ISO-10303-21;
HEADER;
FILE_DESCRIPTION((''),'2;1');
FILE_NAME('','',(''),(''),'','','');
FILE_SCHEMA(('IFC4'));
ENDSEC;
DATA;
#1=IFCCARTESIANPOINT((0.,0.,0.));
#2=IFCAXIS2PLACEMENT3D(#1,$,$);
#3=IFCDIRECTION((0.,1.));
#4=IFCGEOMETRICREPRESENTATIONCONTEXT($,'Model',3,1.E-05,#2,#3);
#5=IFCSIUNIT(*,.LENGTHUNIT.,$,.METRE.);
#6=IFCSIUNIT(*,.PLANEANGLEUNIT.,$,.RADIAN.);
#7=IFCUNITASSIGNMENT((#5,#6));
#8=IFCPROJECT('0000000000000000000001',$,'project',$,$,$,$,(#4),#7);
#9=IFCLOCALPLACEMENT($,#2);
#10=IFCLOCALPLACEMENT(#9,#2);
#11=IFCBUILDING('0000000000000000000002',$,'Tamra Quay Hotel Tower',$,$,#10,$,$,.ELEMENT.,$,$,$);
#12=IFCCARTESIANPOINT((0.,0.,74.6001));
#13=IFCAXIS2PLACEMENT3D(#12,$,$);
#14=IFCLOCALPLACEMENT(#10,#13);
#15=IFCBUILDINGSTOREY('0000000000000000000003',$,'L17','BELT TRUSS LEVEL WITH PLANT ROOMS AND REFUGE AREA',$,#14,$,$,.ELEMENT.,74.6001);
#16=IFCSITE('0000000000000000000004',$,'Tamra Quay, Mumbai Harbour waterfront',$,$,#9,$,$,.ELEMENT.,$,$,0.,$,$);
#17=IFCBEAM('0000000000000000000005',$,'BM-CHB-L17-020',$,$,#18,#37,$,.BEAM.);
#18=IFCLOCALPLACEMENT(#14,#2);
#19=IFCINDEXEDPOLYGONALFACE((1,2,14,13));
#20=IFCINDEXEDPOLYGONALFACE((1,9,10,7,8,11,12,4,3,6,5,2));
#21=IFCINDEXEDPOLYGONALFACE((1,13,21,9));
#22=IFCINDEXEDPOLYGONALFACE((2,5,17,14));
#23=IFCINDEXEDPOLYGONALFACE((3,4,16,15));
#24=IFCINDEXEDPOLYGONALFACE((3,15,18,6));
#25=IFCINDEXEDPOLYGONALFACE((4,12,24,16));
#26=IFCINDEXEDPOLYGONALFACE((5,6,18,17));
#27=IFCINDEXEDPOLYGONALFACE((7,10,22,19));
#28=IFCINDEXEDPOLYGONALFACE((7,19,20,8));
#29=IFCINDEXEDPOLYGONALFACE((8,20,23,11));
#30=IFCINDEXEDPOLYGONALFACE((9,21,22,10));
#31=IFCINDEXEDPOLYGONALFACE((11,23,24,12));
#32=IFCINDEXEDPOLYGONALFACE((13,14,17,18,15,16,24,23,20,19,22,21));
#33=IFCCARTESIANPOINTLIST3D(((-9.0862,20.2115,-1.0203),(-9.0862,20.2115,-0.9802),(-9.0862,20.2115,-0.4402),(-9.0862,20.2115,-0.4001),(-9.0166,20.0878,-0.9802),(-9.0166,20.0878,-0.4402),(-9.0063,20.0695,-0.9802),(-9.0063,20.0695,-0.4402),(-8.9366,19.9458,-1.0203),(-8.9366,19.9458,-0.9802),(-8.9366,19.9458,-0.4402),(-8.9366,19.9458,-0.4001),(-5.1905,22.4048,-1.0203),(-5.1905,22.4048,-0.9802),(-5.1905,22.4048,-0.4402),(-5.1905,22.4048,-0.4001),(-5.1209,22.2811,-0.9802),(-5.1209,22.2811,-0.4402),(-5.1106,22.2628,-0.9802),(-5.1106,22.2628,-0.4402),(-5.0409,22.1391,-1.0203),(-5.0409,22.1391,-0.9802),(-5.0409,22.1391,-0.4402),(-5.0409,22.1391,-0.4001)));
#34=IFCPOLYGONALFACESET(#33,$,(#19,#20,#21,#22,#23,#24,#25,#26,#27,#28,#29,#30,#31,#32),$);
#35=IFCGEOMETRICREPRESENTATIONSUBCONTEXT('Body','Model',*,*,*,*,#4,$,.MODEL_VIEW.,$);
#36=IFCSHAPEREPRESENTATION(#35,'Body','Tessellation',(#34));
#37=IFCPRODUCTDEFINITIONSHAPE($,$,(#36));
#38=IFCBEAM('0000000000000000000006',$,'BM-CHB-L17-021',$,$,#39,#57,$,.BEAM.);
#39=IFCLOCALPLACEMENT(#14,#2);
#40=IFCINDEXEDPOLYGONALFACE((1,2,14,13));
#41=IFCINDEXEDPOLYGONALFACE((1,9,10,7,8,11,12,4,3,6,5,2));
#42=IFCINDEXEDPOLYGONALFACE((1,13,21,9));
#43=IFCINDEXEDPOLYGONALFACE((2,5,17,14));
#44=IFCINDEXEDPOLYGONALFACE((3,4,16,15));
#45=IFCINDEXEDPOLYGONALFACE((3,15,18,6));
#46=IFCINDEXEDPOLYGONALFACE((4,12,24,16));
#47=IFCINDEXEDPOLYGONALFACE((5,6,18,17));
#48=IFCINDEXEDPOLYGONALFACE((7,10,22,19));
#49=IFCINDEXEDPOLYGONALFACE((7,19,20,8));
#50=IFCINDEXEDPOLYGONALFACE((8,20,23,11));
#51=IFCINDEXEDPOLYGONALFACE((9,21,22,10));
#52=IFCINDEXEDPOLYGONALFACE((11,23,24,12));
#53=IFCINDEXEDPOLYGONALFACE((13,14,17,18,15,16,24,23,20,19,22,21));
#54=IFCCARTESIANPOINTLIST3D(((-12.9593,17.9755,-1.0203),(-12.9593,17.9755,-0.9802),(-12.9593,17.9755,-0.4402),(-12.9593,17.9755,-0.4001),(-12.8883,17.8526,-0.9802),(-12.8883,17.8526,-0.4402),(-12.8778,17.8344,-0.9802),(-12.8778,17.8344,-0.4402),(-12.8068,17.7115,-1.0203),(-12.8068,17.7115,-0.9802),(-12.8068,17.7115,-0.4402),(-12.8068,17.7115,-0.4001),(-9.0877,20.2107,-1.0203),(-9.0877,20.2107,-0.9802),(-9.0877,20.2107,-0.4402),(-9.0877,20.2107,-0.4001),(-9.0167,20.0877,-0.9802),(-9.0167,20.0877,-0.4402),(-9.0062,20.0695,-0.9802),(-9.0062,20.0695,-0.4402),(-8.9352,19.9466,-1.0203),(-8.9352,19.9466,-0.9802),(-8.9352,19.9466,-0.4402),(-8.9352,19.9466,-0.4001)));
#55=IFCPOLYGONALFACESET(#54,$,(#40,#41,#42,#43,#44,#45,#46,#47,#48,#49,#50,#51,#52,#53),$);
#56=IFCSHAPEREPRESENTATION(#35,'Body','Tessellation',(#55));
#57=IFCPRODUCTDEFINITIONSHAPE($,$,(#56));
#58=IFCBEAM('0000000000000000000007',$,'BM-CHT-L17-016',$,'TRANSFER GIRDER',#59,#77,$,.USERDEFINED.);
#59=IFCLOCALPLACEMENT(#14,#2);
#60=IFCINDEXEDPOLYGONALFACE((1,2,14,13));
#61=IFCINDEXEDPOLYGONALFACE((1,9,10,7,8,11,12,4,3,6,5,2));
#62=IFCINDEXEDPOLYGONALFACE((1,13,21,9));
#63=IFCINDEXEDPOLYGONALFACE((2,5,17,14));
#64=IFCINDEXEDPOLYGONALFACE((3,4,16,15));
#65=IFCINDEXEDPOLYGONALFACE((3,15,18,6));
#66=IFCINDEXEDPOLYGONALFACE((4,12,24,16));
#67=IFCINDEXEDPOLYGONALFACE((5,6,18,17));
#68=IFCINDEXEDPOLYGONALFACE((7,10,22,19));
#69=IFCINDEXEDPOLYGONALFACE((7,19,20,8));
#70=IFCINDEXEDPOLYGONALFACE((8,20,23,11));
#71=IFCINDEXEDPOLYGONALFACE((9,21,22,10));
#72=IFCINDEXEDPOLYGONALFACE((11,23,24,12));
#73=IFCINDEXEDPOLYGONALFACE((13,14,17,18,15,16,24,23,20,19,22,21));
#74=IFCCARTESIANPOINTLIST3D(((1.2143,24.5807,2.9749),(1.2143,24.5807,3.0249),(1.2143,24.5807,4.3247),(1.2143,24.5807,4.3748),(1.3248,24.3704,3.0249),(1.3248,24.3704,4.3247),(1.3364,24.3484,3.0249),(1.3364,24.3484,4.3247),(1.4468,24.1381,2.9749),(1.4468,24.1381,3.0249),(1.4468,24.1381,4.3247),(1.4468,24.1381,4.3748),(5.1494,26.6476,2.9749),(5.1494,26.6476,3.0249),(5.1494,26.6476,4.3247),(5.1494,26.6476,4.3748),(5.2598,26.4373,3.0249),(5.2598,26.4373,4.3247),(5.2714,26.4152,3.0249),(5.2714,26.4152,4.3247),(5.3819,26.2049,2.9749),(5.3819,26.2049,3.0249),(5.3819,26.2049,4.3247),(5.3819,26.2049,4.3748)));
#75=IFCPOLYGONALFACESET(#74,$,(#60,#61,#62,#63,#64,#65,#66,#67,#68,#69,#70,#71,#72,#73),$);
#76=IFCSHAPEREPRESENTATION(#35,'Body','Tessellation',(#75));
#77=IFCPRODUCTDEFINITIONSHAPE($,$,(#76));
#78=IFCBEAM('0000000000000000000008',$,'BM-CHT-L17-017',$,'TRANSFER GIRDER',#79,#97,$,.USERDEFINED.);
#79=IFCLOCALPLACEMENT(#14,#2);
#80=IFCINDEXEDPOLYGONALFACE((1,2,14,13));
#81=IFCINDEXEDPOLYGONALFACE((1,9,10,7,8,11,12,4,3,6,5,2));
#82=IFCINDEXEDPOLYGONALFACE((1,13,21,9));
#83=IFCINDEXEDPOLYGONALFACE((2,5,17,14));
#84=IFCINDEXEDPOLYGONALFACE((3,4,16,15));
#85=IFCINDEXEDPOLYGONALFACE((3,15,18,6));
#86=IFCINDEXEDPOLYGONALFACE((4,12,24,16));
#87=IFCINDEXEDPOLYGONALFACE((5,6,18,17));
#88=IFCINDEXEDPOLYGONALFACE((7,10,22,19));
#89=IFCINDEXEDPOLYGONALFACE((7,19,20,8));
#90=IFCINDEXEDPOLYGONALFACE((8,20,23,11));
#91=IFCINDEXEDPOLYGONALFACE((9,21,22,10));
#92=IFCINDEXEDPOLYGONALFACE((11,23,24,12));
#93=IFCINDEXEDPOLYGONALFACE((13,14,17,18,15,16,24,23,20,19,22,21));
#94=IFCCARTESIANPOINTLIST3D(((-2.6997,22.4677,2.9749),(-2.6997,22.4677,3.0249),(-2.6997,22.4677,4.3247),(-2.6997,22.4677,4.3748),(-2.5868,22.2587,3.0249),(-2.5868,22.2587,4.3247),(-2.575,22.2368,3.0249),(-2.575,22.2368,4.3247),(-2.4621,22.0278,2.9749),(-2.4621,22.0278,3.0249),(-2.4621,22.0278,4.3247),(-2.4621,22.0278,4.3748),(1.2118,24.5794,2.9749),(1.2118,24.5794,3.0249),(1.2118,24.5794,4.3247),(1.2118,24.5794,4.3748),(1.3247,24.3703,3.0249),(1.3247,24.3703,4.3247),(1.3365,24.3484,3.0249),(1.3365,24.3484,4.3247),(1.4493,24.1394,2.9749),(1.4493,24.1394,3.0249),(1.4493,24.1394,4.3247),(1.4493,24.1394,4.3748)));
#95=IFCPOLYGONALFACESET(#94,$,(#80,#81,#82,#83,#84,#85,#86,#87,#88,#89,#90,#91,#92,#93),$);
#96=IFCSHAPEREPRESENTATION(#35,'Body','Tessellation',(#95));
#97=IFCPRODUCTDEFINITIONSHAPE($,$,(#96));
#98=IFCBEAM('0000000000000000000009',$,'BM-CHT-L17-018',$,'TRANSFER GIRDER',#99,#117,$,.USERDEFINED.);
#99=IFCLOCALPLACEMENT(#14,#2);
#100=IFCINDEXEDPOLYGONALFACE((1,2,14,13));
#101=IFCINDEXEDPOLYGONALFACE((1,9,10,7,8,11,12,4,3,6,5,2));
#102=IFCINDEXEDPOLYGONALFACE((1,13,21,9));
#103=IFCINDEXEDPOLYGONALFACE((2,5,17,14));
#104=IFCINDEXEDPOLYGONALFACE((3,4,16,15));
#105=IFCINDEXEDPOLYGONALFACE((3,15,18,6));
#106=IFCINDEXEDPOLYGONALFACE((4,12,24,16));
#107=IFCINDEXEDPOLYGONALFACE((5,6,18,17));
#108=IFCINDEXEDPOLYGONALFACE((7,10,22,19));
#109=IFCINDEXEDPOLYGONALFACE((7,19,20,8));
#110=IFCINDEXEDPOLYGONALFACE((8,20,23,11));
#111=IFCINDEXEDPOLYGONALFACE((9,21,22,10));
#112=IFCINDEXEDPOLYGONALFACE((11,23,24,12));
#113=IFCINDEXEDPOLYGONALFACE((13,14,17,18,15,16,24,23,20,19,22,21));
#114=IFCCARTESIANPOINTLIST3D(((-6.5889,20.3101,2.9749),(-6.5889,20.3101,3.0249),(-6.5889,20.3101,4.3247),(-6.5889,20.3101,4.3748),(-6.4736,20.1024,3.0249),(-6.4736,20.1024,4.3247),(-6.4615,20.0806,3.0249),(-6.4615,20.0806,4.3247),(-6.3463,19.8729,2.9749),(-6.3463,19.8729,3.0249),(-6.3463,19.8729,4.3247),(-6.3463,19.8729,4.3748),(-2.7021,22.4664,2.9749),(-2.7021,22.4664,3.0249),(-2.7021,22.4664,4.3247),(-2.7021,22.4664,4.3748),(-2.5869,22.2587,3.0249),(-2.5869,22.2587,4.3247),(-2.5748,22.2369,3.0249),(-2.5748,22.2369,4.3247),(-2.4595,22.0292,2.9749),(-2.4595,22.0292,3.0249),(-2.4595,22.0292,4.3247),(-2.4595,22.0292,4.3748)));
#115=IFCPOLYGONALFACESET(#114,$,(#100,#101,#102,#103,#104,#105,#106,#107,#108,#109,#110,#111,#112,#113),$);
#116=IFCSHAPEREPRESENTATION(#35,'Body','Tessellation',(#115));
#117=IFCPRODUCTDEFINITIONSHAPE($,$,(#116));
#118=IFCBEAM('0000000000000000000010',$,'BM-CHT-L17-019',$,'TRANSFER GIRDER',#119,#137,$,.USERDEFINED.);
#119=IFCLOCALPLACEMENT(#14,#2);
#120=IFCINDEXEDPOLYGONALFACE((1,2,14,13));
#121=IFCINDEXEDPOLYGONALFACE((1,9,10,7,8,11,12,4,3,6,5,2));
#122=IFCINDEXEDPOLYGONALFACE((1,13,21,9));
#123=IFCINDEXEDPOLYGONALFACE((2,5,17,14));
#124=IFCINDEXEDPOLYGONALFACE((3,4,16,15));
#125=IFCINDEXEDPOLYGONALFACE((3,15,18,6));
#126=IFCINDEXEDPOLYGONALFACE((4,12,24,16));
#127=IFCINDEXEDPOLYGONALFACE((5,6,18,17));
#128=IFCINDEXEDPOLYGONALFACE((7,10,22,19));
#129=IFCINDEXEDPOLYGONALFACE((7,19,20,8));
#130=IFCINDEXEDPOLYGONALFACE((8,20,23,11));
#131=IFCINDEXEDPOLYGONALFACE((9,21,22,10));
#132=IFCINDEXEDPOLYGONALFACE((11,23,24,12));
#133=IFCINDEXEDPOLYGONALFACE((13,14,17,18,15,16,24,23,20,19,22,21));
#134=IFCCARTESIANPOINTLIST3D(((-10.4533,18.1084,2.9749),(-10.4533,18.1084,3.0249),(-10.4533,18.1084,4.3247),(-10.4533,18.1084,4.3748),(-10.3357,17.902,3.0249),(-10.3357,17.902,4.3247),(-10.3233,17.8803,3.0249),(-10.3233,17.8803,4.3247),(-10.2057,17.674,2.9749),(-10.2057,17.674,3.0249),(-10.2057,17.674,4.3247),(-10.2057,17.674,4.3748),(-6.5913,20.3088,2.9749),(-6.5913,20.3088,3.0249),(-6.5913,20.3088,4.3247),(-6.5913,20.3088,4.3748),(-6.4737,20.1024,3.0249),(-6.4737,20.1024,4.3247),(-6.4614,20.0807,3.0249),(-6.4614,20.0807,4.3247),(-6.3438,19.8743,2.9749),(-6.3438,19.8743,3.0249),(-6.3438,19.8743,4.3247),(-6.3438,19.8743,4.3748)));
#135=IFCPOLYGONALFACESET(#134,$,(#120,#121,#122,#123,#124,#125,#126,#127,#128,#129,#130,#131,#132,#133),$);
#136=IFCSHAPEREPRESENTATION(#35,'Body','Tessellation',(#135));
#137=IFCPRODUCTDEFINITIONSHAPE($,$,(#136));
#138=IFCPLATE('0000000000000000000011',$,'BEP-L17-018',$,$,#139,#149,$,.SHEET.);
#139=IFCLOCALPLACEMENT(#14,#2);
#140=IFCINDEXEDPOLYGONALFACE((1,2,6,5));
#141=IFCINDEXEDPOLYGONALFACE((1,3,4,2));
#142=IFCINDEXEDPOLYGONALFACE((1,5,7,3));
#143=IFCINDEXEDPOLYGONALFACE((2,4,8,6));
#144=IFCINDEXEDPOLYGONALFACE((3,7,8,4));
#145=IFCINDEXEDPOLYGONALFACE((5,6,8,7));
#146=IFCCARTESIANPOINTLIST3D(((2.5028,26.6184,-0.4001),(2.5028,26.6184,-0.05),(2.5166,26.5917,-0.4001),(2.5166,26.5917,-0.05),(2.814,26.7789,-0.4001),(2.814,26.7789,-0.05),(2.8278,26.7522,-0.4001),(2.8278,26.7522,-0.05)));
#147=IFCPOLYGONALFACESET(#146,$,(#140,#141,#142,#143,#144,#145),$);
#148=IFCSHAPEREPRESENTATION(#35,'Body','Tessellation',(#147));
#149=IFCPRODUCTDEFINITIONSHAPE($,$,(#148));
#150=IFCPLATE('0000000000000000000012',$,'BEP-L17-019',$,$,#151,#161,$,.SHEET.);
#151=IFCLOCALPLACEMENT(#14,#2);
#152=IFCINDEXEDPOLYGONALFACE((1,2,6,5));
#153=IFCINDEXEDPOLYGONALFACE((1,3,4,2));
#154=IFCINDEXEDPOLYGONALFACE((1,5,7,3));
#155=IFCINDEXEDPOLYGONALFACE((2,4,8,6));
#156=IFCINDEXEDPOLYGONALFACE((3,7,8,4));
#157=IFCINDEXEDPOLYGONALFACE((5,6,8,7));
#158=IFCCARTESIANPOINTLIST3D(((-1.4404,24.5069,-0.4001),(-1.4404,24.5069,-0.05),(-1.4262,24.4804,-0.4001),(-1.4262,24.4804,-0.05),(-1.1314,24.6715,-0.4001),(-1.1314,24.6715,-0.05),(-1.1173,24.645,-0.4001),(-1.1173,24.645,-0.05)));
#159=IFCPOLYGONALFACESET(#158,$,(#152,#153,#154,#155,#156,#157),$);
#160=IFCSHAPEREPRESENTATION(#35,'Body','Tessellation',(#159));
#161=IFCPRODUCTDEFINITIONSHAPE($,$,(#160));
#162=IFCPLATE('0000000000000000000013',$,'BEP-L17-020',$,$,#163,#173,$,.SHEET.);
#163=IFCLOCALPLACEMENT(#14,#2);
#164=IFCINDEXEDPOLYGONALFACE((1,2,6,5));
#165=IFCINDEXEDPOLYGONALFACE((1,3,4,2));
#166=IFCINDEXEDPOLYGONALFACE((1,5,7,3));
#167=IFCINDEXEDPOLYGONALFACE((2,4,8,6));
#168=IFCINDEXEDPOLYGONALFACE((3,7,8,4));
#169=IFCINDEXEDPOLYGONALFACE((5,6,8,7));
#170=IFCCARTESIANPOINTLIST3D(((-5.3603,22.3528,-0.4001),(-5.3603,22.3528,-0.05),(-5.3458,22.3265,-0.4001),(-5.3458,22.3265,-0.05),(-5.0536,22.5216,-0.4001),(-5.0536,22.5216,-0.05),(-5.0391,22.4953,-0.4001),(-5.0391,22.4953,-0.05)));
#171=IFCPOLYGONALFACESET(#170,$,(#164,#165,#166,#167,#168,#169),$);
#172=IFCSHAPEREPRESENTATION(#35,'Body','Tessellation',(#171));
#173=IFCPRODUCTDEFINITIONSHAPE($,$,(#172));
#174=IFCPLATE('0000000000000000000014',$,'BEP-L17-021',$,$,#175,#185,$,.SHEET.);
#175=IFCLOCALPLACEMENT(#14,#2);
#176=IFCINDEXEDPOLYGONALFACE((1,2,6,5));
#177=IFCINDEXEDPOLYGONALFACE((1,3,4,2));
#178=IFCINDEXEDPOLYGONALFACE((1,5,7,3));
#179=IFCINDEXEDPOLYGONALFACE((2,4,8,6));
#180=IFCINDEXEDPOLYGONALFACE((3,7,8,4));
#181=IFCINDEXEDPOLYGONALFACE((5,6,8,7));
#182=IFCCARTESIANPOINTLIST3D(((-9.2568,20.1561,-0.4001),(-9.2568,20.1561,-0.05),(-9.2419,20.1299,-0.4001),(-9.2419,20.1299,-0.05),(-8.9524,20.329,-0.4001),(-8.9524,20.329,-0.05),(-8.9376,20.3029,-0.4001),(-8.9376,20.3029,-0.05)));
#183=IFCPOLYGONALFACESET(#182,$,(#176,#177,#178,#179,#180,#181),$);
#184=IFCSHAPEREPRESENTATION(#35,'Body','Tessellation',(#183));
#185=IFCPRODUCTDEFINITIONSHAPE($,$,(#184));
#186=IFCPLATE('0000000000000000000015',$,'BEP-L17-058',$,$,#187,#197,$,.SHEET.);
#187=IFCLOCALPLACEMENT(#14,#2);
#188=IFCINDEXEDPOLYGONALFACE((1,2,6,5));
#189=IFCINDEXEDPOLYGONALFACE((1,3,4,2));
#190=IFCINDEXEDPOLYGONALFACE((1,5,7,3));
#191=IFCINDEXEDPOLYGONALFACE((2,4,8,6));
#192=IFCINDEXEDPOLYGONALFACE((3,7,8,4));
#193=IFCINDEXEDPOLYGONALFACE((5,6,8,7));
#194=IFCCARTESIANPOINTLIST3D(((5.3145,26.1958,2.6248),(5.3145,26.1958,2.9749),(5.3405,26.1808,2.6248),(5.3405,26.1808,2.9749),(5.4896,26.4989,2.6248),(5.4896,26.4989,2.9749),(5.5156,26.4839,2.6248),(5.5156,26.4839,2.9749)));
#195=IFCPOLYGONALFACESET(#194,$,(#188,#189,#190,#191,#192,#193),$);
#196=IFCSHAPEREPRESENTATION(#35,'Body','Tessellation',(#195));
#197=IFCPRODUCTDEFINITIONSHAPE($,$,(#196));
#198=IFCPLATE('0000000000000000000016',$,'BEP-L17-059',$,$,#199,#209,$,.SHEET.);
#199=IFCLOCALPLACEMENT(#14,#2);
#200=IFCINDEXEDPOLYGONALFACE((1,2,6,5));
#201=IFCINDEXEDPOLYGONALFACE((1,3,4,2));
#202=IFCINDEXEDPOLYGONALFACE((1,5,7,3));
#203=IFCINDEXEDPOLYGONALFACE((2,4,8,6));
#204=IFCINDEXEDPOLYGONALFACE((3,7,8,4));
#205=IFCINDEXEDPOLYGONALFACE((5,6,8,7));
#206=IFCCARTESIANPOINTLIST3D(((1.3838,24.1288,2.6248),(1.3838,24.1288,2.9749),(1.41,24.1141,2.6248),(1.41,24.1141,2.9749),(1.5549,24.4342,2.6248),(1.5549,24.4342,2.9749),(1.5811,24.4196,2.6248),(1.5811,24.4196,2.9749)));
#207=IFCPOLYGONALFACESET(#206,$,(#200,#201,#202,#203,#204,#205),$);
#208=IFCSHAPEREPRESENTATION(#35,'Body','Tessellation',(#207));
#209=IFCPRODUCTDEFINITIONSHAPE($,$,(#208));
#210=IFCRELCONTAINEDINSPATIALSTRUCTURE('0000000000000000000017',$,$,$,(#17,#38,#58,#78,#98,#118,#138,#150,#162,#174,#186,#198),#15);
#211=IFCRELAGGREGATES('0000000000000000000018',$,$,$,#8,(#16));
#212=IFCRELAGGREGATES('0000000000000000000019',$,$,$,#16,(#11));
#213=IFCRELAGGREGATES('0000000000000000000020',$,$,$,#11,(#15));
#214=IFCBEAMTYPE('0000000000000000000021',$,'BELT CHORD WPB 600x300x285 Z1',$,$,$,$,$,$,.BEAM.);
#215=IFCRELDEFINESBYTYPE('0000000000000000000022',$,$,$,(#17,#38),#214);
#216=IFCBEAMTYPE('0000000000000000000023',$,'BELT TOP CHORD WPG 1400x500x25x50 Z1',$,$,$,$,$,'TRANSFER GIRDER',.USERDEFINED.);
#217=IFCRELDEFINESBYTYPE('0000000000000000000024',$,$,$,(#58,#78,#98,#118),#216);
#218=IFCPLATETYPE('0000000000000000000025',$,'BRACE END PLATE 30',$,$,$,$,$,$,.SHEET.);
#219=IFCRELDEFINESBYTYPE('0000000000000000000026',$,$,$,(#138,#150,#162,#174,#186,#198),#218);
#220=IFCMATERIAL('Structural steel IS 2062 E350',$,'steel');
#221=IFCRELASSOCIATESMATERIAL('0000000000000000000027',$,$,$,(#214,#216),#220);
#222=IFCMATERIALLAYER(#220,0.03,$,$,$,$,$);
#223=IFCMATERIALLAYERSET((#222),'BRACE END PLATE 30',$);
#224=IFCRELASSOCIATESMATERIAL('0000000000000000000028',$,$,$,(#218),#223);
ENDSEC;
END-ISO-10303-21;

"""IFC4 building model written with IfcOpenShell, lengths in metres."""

from ifc_helpers import new_model, si_unit, direction, frame, origin, origin_2d, place, context, subcontext, project, spatial, rectangle, i_section, extrude, material, layer, layer_set, material_profile, profile_set, type_object, element, save


model = new_model("IFC4")

# Units and contexts
model_context = context("Model", 3, precision=1e-05, world=origin(), true_north=direction((0.0, 1.0)))
body_context = subcontext(model_context, "Body", "Model", "MODEL_VIEW")
ifc_project = project(units=[si_unit("LENGTHUNIT", "METRE"), si_unit("PLANEANGLEUNIT", "RADIAN")], contexts=[model_context])

# Site, building, storey
site_placement = place(None, origin())
site = spatial("IfcSite", under=ifc_project, at=site_placement, Name="Tamra Quay, Mumbai Harbour waterfront", CompositionType="ELEMENT", RefElevation=0.0)
building_placement = place(site_placement, origin())
building = spatial("IfcBuilding", under=site, at=building_placement, Name="Tamra Quay Hotel Tower", CompositionType="ELEMENT")
storey_placement = place(building_placement, frame((0.0, 0.0, 74.6001)))
storey = spatial("IfcBuildingStorey", under=building, at=storey_placement, Name="L17", Description="BELT TRUSS LEVEL WITH PLANT ROOMS AND REFUGE AREA", CompositionType="ELEMENT", Elevation=74.6001)

# Shared definitions
ifc_material_1 = material(Name="Structural steel IS 2062 E350", Category="steel")

# Beams
ifc_material_profile_1 = material_profile(ifc_material_1, i_section(OverallWidth=0.3049, OverallDepth=0.6201, WebThickness=0.021, FlangeThickness=0.04, at=origin_2d()), Name="WPB 600x300x285")
ifc_profile_set_1 = profile_set([ifc_material_profile_1], Name="Structural steel IS 2062 E350")
beam_type_1 = type_object("IfcBeamType", Name="BELT CHORD WPB 600x300x285 Z1", PredefinedType="BEAM", material=ifc_profile_set_1)
beam_1_placement = place(storey_placement, frame((-5.1157, 22.272, -0.7102), z_axis=(-0.871384, -0.490601, 0.0), x_axis=(0.490601, -0.871384, 0.0)))
element("IfcBeam", 1, at=beam_1_placement, inside=storey, type_object=beam_type_1, Name="BM-CHB-L17-020", PredefinedType="BEAM", context=body_context, shape_type="SweptSolid", body=[
    extrude(i_section(OverallWidth=0.3049, OverallDepth=0.6201, WebThickness=0.021, FlangeThickness=0.04, at=origin_2d()), origin(), (0.0, 0.0, 1.0), 4.4707),
])
beam_2_placement = place(storey_placement, frame((-9.0115, 20.0786, -0.7102), z_axis=(-0.86604, -0.499975, 0.0), x_axis=(0.499975, -0.86604, 0.0)))
element("IfcBeam", 2, at=beam_2_placement, inside=storey, type_object=beam_type_1, Name="BM-CHB-L17-021", PredefinedType="BEAM", context=body_context, shape_type="SweptSolid", body=[
    extrude(i_section(OverallWidth=0.3049, OverallDepth=0.6201, WebThickness=0.021, FlangeThickness=0.04, at=origin_2d()), origin(), (0.0, 0.0, 1.0), 4.4705),
])
ifc_material_profile_2 = material_profile(ifc_material_1, i_section(OverallWidth=0.5, OverallDepth=1.3999, WebThickness=0.0249, FlangeThickness=0.05, at=origin_2d()), Name="WPG 1400x500x25x50")
ifc_profile_set_2 = profile_set([ifc_material_profile_2], Name="Structural steel IS 2062 E350")
beam_type_2 = type_object("IfcBeamType", Name="BELT TOP CHORD WPG 1400x500x25x50 Z1", ElementType="TRANSFER GIRDER", PredefinedType="USERDEFINED", material=ifc_profile_set_2)
beam_3_placement = place(storey_placement, frame((5.2656, 26.4263, 3.6748), z_axis=(-0.885306, -0.465008, 0.0), x_axis=(0.465008, -0.885306, 0.0)))
element("IfcBeam", 3, at=beam_3_placement, inside=storey, type_object=beam_type_2, Name="BM-CHT-L17-016", ObjectType="TRANSFER GIRDER", PredefinedType="USERDEFINED", context=body_context, shape_type="SweptSolid", body=[
    extrude(i_section(OverallWidth=0.5, OverallDepth=1.3999, WebThickness=0.0249, FlangeThickness=0.05, at=origin_2d()), origin(), (0.0, 0.0, 1.0), 4.4448),
])
beam_4_placement = place(storey_placement, frame((1.3306, 24.3594, 3.6748), z_axis=(-0.879959, -0.475049, 0.0), x_axis=(0.475049, -0.879959, 0.0)))
element("IfcBeam", 4, at=beam_4_placement, inside=storey, type_object=beam_type_2, Name="BM-CHT-L17-017", ObjectType="TRANSFER GIRDER", PredefinedType="USERDEFINED", context=body_context, shape_type="SweptSolid", body=[
    extrude(i_section(OverallWidth=0.5, OverallDepth=1.3999, WebThickness=0.0249, FlangeThickness=0.05, at=origin_2d()), origin(), (0.0, 0.0, 1.0), 4.4451),
])
for number, where, z_axis, x_axis, name in (
    (5, (-2.5808, 22.2478, 3.6748), (-0.874447, -0.485121, 0.0), (0.485121, -0.874447, 0.0), "BM-CHT-L17-018"),
    (6, (-6.4675, 20.0916, 3.6748), (-0.868868, -0.495044, 0.0), (0.495044, -0.868868, 0.0), "BM-CHT-L17-019"),
):
    element("IfcBeam", number, at=place(storey_placement, frame(where, z_axis=z_axis, x_axis=x_axis)), inside=storey, type_object=beam_type_2, Name=name, ObjectType="TRANSFER GIRDER", PredefinedType="USERDEFINED", context=body_context, shape_type="SweptSolid", body=[
        extrude(i_section(OverallWidth=0.5, OverallDepth=1.3999, WebThickness=0.0249, FlangeThickness=0.05, at=origin_2d()), origin(), (0.0, 0.0, 1.0), 4.4448),
    ])

# Plates
ifc_layer_1 = layer(ifc_material_1, 0.03)
ifc_layer_set_1 = layer_set([ifc_layer_1], Name="BRACE END PLATE 30")
plate_type = type_object("IfcPlateType", Name="BRACE END PLATE 30", PredefinedType="SHEET", material=ifc_layer_set_1)
for number, where, z_axis, x_axis, name in (
    (7, (2.6653, 26.6853, -0.4001), (0.0, 0.0, 1.0), (-0.458229, 0.888834, 0.0), "BEP-L17-018"),
    (8, (-1.2788, 24.5759, -0.4001), (0.0, 0.0, 1.0), (-0.470282, 0.882516, 0.0), "BEP-L17-019"),
    (9, (-5.1997, 22.4241, -0.4001), (0.0, 0.0, 1.0), (-0.48218, 0.876072, 0.0), "BEP-L17-020"),
    (10, (-9.0972, 20.2295, -0.4001), (0.0, 0.0, 1.0), (-0.494086, 0.869413, 0.0), "BEP-L17-021"),
    (11, (5.415, 26.3398, 2.6248), (0.0, 0.0, 1.0), (-0.865952, 0.500127, 0.0), "BEP-L17-058"),
    (12, (1.4824, 24.2742, 2.6248), (0.0, 0.0, 1.0), (-0.872452, 0.4887, 0.0), "BEP-L17-059"),
):
    element("IfcPlate", number, at=place(storey_placement, frame(where, z_axis=z_axis, x_axis=x_axis)), inside=storey, type_object=plate_type, Name=name, PredefinedType="SHEET", context=body_context, shape_type="SweptSolid", body=[
        extrude(rectangle(XDim=0.03, YDim=0.3501, at=origin_2d()), origin(), (0.0, 0.0, 1.0), 0.3501),
    ])

save(model, "model.ifc")
